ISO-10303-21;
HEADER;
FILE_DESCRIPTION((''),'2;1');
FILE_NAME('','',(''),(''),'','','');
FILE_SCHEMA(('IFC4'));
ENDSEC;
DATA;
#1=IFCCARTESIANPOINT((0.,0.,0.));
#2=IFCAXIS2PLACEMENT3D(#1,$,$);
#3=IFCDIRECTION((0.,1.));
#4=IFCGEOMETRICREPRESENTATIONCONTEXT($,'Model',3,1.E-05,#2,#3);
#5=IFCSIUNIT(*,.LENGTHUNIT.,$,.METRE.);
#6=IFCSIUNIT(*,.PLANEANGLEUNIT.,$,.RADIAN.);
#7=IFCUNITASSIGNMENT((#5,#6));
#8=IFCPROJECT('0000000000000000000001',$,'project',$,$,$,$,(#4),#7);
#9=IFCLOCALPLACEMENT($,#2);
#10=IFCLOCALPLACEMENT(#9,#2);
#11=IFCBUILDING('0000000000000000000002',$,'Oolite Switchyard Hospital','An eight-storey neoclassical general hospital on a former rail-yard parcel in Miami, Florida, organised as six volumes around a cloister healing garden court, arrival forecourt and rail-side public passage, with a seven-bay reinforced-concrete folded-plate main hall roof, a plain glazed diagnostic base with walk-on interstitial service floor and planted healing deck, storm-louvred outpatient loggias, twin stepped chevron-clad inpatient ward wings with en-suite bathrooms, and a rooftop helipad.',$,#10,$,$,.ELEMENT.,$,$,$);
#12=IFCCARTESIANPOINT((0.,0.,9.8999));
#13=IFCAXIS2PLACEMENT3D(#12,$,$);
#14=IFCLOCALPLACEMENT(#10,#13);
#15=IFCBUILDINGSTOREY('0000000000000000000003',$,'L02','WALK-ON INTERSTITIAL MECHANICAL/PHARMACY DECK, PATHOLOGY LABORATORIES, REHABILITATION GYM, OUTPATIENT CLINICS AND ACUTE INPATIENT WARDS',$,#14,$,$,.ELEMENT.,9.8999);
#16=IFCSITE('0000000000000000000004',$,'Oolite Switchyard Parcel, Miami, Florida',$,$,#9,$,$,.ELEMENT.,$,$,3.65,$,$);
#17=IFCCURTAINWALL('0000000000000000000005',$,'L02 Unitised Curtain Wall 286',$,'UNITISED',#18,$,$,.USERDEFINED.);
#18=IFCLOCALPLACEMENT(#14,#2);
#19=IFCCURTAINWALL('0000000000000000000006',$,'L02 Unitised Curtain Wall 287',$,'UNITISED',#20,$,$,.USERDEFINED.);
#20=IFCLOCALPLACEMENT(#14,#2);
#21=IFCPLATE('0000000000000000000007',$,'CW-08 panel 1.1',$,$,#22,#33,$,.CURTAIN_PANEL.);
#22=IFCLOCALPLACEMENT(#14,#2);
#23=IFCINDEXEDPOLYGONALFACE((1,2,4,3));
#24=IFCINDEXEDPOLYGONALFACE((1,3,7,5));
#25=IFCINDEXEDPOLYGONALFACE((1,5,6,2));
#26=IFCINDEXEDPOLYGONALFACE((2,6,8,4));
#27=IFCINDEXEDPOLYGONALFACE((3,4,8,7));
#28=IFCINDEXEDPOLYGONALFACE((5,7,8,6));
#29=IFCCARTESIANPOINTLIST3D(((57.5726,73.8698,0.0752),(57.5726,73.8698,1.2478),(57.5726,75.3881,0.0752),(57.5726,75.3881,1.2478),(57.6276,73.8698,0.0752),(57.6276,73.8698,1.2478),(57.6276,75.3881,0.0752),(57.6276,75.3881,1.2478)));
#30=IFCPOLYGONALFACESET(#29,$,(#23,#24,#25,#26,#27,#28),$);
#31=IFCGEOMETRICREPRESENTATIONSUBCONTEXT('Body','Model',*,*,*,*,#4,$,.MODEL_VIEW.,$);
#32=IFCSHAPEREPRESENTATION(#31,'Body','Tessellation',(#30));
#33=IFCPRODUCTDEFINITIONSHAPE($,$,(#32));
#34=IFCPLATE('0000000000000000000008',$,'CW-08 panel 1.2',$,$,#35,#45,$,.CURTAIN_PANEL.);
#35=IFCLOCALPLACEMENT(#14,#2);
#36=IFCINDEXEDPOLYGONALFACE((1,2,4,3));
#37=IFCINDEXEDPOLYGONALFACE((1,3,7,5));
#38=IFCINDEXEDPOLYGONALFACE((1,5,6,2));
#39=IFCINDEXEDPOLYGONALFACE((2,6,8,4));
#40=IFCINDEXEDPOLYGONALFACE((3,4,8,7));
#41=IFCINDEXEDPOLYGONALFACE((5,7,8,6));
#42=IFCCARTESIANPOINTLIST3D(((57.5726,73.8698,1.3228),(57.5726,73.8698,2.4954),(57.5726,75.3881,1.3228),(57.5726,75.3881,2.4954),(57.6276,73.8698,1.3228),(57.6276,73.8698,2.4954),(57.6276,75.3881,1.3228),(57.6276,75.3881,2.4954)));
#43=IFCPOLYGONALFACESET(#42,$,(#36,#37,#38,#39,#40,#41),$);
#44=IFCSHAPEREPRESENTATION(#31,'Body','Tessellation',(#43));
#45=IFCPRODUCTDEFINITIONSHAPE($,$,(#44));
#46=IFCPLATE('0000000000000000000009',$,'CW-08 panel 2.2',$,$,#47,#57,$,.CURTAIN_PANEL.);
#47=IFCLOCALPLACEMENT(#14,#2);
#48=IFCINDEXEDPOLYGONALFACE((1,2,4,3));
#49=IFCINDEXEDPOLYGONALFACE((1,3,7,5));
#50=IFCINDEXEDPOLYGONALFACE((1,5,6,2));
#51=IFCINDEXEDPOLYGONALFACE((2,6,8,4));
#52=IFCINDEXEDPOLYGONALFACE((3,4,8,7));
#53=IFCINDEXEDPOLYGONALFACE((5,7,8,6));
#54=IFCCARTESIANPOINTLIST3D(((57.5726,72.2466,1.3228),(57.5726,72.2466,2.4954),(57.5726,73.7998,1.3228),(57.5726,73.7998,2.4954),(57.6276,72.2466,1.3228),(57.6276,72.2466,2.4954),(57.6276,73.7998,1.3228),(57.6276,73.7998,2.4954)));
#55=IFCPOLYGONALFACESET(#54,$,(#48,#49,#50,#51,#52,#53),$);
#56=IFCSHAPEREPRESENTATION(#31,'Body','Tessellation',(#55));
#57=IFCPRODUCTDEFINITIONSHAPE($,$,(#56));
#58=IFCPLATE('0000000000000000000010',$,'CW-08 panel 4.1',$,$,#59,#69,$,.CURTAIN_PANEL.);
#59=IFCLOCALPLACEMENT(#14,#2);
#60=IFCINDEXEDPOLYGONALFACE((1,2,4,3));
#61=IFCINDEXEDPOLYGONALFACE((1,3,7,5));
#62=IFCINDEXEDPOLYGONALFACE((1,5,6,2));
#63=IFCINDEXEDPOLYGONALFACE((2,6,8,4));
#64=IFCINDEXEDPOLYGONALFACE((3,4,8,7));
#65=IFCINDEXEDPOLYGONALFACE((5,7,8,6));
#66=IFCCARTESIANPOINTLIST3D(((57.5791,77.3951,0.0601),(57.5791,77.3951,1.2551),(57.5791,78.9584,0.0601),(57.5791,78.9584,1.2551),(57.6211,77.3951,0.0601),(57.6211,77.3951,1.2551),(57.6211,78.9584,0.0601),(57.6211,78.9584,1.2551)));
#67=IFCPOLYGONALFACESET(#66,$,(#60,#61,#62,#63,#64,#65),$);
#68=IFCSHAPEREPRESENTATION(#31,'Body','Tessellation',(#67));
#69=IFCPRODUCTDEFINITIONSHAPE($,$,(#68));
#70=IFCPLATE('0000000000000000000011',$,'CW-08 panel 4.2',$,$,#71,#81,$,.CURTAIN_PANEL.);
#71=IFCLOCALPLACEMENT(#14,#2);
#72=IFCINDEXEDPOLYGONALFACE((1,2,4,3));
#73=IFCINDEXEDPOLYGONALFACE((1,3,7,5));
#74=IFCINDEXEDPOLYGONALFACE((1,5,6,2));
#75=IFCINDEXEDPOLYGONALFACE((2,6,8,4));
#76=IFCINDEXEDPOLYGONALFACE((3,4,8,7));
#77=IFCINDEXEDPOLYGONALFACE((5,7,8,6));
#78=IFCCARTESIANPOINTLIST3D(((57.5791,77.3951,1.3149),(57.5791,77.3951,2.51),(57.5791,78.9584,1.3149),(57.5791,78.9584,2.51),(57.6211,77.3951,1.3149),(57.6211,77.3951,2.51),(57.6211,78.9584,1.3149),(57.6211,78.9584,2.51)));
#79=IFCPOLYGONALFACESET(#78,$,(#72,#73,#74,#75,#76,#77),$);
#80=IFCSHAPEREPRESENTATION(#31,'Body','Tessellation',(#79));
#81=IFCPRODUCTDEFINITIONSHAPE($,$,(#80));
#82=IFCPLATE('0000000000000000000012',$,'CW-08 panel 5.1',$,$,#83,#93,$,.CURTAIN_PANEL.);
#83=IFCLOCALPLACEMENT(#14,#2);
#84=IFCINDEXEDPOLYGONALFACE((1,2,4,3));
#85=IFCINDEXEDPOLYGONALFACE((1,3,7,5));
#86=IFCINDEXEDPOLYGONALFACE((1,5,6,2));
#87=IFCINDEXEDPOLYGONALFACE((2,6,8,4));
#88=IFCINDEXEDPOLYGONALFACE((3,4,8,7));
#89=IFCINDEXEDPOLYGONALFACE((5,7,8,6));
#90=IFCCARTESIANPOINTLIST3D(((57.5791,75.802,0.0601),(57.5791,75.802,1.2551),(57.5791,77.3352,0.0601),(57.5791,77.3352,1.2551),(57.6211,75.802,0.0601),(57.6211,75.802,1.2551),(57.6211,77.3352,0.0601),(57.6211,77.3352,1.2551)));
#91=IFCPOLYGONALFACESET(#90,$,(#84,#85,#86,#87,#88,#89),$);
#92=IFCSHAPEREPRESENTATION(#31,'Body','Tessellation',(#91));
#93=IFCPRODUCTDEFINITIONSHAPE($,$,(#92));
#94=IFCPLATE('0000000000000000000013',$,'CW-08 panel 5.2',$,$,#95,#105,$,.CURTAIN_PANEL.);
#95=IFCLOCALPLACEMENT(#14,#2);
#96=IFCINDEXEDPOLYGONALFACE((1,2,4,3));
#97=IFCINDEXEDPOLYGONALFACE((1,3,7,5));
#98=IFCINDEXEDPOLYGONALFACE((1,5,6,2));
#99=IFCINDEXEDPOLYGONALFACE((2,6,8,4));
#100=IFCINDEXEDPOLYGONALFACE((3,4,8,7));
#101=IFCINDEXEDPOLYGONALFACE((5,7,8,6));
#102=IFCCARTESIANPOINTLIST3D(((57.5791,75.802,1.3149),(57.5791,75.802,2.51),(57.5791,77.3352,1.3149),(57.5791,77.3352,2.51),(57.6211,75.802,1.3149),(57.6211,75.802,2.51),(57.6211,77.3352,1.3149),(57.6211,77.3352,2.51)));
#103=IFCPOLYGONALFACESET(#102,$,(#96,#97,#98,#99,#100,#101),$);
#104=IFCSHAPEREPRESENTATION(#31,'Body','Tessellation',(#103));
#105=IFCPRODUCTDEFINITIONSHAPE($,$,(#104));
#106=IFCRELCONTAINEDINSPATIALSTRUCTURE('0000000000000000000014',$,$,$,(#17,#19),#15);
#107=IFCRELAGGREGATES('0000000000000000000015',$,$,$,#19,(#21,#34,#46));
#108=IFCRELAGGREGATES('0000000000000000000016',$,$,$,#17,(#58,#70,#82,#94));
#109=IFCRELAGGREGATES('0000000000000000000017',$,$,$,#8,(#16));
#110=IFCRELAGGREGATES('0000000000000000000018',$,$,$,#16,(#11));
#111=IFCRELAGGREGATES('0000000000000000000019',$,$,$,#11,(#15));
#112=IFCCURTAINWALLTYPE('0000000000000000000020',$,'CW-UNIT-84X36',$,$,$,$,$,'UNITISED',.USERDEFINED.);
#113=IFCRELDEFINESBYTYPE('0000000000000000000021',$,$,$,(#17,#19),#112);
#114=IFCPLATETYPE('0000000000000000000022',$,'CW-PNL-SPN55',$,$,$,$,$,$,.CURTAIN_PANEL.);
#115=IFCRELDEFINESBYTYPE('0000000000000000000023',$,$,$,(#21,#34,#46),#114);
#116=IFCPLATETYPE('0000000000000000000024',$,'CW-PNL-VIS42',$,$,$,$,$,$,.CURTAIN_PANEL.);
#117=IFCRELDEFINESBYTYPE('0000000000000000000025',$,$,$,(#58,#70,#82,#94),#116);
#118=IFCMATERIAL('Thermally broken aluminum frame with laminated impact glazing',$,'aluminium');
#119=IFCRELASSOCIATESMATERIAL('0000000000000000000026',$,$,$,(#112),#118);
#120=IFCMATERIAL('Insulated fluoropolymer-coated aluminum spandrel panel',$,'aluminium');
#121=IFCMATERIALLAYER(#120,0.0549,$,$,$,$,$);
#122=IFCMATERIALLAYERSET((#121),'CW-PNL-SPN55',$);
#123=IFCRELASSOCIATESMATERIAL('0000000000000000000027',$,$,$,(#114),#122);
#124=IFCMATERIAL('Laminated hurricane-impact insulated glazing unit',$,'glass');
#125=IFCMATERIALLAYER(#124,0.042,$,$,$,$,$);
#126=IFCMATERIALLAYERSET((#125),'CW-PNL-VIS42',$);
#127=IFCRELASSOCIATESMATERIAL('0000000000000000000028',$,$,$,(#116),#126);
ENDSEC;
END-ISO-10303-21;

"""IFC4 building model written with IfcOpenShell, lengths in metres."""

from ifc_helpers import new_model, si_unit, direction, frame, origin, origin_2d, place, context, subcontext, project, spatial, rectangle, extrude, material, layer, layer_set, type_object, element, aggregate, save


model = new_model("IFC4")

# Units and contexts
model_context = context("Model", 3, precision=1e-05, world=origin(), true_north=direction((0.0, 1.0)))
body_context = subcontext(model_context, "Body", "Model", "MODEL_VIEW")
ifc_project = project(units=[si_unit("LENGTHUNIT", "METRE"), si_unit("PLANEANGLEUNIT", "RADIAN")], contexts=[model_context])

# Site, building, storey
site_placement = place(None, origin())
site = spatial("IfcSite", under=ifc_project, at=site_placement, Name="Oolite Switchyard Parcel, Miami, Florida", CompositionType="ELEMENT", RefElevation=3.65)
building_placement = place(site_placement, origin())
building = spatial("IfcBuilding", under=site, at=building_placement, Name="Oolite Switchyard Hospital", Description="An eight-storey neoclassical general hospital on a former rail-yard parcel in Miami, Florida, organised as six volumes around a cloister healing garden court, arrival forecourt and rail-side public passage, with a seven-bay reinforced-concrete folded-plate main hall roof, a plain glazed diagnostic base with walk-on interstitial service floor and planted healing deck, storm-louvred outpatient loggias, twin stepped chevron-clad inpatient ward wings with en-suite bathrooms, and a rooftop helipad.", CompositionType="ELEMENT")
storey_placement = place(building_placement, frame((0.0, 0.0, 9.8999)))
storey = spatial("IfcBuildingStorey", under=building, at=storey_placement, Name="L02", Description="WALK-ON INTERSTITIAL MECHANICAL/PHARMACY DECK, PATHOLOGY LABORATORIES, REHABILITATION GYM, OUTPATIENT CLINICS AND ACUTE INPATIENT WARDS", CompositionType="ELEMENT", Elevation=9.8999)

# Curtain walls
ifc_material_1 = material(Name="Thermally broken aluminum frame with laminated impact glazing", Category="aluminium")
curtain_wall_type = type_object("IfcCurtainWallType", Name="CW-UNIT-84X36", ElementType="UNITISED", PredefinedType="USERDEFINED", material=ifc_material_1)
curtain_wall_1_placement = place(storey_placement, origin())
curtain_wall_1 = element("IfcCurtainWall", 1, at=curtain_wall_1_placement, inside=storey, type_object=curtain_wall_type, Name="L02 Unitised Curtain Wall 286", ObjectType="UNITISED", PredefinedType="USERDEFINED")
curtain_wall_2_placement = place(storey_placement, origin())
curtain_wall_2 = element("IfcCurtainWall", 2, at=curtain_wall_2_placement, inside=storey, type_object=curtain_wall_type, Name="L02 Unitised Curtain Wall 287", ObjectType="UNITISED", PredefinedType="USERDEFINED")

# Plates
ifc_material_2 = material(Name="Insulated fluoropolymer-coated aluminum spandrel panel", Category="aluminium")
ifc_layer_1 = layer(ifc_material_2, 0.0549)
ifc_layer_set_1 = layer_set([ifc_layer_1], Name="CW-PNL-SPN55")
plate_type_1 = type_object("IfcPlateType", Name="CW-PNL-SPN55", PredefinedType="CURTAIN_PANEL", material=ifc_layer_set_1)
plate_1_placement = place(storey_placement, frame((57.6001, 74.6289, 0.0752), z_axis=(0.0, 0.0, 1.0), x_axis=(0.0, -1.0, 0.0)))
plate_1 = element("IfcPlate", 3, at=plate_1_placement, type_object=plate_type_1, Name="CW-08 panel 1.1", PredefinedType="CURTAIN_PANEL", context=body_context, shape_type="SweptSolid", body=[
    extrude(rectangle(XDim=1.5183, YDim=0.0549, at=origin_2d()), origin(), (0.0, 0.0, 1.0), 1.1726),
])
plate_2_placement = place(storey_placement, frame((57.6001, 74.6289, 1.3228), z_axis=(0.0, 0.0, 1.0), x_axis=(0.0, -1.0, 0.0)))
plate_2 = element("IfcPlate", 4, at=plate_2_placement, type_object=plate_type_1, Name="CW-08 panel 1.2", PredefinedType="CURTAIN_PANEL", context=body_context, shape_type="SweptSolid", body=[
    extrude(rectangle(XDim=1.5183, YDim=0.0549, at=origin_2d()), origin(), (0.0, 0.0, 1.0), 1.1726),
])
plate_3_placement = place(storey_placement, frame((57.6001, 73.0232, 1.3228), z_axis=(0.0, 0.0, 1.0), x_axis=(0.0, -1.0, 0.0)))
plate_3 = element("IfcPlate", 5, at=plate_3_placement, type_object=plate_type_1, Name="CW-08 panel 2.2", PredefinedType="CURTAIN_PANEL", context=body_context, shape_type="SweptSolid", body=[
    extrude(rectangle(XDim=1.5532, YDim=0.0549, at=origin_2d()), origin(), (0.0, 0.0, 1.0), 1.1726),
])
aggregate(curtain_wall_2, [plate_1, plate_2, plate_3])
ifc_material_3 = material(Name="Laminated hurricane-impact insulated glazing unit", Category="glass")
ifc_layer_2 = layer(ifc_material_3, 0.042)
ifc_layer_set_2 = layer_set([ifc_layer_2], Name="CW-PNL-VIS42")
plate_type_2 = type_object("IfcPlateType", Name="CW-PNL-VIS42", PredefinedType="CURTAIN_PANEL", material=ifc_layer_set_2)
plate_4_placement = place(storey_placement, frame((57.6001, 78.1768, 0.0601), z_axis=(0.0, 0.0, 1.0), x_axis=(0.0, -1.0, 0.0)))
plate_4 = element("IfcPlate", 6, at=plate_4_placement, type_object=plate_type_2, Name="CW-08 panel 4.1", PredefinedType="CURTAIN_PANEL", context=body_context, shape_type="SweptSolid", body=[
    extrude(rectangle(XDim=1.5632, YDim=0.042, at=origin_2d()), origin(), (0.0, 0.0, 1.0), 1.1951),
])
plate_5_placement = place(storey_placement, frame((57.6001, 78.1768, 1.3149), z_axis=(0.0, 0.0, 1.0), x_axis=(0.0, -1.0, 0.0)))
plate_5 = element("IfcPlate", 7, at=plate_5_placement, type_object=plate_type_2, Name="CW-08 panel 4.2", PredefinedType="CURTAIN_PANEL", context=body_context, shape_type="SweptSolid", body=[
    extrude(rectangle(XDim=1.5632, YDim=0.042, at=origin_2d()), origin(), (0.0, 0.0, 1.0), 1.1951),
])
plate_6_placement = place(storey_placement, frame((57.6001, 76.5686, 0.0601), z_axis=(0.0, 0.0, 1.0), x_axis=(0.0, -1.0, 0.0)))
plate_6 = element("IfcPlate", 8, at=plate_6_placement, type_object=plate_type_2, Name="CW-08 panel 5.1", PredefinedType="CURTAIN_PANEL", context=body_context, shape_type="SweptSolid", body=[
    extrude(rectangle(XDim=1.5332, YDim=0.042, at=origin_2d()), origin(), (0.0, 0.0, 1.0), 1.1951),
])
plate_7_placement = place(storey_placement, frame((57.6001, 76.5686, 1.3149), z_axis=(0.0, 0.0, 1.0), x_axis=(0.0, -1.0, 0.0)))
plate_7 = element("IfcPlate", 9, at=plate_7_placement, type_object=plate_type_2, Name="CW-08 panel 5.2", PredefinedType="CURTAIN_PANEL", context=body_context, shape_type="SweptSolid", body=[
    extrude(rectangle(XDim=1.5332, YDim=0.042, at=origin_2d()), origin(), (0.0, 0.0, 1.0), 1.1951),
])
aggregate(curtain_wall_1, [plate_4, plate_5, plate_6, plate_7])

save(model, "model.ifc")
